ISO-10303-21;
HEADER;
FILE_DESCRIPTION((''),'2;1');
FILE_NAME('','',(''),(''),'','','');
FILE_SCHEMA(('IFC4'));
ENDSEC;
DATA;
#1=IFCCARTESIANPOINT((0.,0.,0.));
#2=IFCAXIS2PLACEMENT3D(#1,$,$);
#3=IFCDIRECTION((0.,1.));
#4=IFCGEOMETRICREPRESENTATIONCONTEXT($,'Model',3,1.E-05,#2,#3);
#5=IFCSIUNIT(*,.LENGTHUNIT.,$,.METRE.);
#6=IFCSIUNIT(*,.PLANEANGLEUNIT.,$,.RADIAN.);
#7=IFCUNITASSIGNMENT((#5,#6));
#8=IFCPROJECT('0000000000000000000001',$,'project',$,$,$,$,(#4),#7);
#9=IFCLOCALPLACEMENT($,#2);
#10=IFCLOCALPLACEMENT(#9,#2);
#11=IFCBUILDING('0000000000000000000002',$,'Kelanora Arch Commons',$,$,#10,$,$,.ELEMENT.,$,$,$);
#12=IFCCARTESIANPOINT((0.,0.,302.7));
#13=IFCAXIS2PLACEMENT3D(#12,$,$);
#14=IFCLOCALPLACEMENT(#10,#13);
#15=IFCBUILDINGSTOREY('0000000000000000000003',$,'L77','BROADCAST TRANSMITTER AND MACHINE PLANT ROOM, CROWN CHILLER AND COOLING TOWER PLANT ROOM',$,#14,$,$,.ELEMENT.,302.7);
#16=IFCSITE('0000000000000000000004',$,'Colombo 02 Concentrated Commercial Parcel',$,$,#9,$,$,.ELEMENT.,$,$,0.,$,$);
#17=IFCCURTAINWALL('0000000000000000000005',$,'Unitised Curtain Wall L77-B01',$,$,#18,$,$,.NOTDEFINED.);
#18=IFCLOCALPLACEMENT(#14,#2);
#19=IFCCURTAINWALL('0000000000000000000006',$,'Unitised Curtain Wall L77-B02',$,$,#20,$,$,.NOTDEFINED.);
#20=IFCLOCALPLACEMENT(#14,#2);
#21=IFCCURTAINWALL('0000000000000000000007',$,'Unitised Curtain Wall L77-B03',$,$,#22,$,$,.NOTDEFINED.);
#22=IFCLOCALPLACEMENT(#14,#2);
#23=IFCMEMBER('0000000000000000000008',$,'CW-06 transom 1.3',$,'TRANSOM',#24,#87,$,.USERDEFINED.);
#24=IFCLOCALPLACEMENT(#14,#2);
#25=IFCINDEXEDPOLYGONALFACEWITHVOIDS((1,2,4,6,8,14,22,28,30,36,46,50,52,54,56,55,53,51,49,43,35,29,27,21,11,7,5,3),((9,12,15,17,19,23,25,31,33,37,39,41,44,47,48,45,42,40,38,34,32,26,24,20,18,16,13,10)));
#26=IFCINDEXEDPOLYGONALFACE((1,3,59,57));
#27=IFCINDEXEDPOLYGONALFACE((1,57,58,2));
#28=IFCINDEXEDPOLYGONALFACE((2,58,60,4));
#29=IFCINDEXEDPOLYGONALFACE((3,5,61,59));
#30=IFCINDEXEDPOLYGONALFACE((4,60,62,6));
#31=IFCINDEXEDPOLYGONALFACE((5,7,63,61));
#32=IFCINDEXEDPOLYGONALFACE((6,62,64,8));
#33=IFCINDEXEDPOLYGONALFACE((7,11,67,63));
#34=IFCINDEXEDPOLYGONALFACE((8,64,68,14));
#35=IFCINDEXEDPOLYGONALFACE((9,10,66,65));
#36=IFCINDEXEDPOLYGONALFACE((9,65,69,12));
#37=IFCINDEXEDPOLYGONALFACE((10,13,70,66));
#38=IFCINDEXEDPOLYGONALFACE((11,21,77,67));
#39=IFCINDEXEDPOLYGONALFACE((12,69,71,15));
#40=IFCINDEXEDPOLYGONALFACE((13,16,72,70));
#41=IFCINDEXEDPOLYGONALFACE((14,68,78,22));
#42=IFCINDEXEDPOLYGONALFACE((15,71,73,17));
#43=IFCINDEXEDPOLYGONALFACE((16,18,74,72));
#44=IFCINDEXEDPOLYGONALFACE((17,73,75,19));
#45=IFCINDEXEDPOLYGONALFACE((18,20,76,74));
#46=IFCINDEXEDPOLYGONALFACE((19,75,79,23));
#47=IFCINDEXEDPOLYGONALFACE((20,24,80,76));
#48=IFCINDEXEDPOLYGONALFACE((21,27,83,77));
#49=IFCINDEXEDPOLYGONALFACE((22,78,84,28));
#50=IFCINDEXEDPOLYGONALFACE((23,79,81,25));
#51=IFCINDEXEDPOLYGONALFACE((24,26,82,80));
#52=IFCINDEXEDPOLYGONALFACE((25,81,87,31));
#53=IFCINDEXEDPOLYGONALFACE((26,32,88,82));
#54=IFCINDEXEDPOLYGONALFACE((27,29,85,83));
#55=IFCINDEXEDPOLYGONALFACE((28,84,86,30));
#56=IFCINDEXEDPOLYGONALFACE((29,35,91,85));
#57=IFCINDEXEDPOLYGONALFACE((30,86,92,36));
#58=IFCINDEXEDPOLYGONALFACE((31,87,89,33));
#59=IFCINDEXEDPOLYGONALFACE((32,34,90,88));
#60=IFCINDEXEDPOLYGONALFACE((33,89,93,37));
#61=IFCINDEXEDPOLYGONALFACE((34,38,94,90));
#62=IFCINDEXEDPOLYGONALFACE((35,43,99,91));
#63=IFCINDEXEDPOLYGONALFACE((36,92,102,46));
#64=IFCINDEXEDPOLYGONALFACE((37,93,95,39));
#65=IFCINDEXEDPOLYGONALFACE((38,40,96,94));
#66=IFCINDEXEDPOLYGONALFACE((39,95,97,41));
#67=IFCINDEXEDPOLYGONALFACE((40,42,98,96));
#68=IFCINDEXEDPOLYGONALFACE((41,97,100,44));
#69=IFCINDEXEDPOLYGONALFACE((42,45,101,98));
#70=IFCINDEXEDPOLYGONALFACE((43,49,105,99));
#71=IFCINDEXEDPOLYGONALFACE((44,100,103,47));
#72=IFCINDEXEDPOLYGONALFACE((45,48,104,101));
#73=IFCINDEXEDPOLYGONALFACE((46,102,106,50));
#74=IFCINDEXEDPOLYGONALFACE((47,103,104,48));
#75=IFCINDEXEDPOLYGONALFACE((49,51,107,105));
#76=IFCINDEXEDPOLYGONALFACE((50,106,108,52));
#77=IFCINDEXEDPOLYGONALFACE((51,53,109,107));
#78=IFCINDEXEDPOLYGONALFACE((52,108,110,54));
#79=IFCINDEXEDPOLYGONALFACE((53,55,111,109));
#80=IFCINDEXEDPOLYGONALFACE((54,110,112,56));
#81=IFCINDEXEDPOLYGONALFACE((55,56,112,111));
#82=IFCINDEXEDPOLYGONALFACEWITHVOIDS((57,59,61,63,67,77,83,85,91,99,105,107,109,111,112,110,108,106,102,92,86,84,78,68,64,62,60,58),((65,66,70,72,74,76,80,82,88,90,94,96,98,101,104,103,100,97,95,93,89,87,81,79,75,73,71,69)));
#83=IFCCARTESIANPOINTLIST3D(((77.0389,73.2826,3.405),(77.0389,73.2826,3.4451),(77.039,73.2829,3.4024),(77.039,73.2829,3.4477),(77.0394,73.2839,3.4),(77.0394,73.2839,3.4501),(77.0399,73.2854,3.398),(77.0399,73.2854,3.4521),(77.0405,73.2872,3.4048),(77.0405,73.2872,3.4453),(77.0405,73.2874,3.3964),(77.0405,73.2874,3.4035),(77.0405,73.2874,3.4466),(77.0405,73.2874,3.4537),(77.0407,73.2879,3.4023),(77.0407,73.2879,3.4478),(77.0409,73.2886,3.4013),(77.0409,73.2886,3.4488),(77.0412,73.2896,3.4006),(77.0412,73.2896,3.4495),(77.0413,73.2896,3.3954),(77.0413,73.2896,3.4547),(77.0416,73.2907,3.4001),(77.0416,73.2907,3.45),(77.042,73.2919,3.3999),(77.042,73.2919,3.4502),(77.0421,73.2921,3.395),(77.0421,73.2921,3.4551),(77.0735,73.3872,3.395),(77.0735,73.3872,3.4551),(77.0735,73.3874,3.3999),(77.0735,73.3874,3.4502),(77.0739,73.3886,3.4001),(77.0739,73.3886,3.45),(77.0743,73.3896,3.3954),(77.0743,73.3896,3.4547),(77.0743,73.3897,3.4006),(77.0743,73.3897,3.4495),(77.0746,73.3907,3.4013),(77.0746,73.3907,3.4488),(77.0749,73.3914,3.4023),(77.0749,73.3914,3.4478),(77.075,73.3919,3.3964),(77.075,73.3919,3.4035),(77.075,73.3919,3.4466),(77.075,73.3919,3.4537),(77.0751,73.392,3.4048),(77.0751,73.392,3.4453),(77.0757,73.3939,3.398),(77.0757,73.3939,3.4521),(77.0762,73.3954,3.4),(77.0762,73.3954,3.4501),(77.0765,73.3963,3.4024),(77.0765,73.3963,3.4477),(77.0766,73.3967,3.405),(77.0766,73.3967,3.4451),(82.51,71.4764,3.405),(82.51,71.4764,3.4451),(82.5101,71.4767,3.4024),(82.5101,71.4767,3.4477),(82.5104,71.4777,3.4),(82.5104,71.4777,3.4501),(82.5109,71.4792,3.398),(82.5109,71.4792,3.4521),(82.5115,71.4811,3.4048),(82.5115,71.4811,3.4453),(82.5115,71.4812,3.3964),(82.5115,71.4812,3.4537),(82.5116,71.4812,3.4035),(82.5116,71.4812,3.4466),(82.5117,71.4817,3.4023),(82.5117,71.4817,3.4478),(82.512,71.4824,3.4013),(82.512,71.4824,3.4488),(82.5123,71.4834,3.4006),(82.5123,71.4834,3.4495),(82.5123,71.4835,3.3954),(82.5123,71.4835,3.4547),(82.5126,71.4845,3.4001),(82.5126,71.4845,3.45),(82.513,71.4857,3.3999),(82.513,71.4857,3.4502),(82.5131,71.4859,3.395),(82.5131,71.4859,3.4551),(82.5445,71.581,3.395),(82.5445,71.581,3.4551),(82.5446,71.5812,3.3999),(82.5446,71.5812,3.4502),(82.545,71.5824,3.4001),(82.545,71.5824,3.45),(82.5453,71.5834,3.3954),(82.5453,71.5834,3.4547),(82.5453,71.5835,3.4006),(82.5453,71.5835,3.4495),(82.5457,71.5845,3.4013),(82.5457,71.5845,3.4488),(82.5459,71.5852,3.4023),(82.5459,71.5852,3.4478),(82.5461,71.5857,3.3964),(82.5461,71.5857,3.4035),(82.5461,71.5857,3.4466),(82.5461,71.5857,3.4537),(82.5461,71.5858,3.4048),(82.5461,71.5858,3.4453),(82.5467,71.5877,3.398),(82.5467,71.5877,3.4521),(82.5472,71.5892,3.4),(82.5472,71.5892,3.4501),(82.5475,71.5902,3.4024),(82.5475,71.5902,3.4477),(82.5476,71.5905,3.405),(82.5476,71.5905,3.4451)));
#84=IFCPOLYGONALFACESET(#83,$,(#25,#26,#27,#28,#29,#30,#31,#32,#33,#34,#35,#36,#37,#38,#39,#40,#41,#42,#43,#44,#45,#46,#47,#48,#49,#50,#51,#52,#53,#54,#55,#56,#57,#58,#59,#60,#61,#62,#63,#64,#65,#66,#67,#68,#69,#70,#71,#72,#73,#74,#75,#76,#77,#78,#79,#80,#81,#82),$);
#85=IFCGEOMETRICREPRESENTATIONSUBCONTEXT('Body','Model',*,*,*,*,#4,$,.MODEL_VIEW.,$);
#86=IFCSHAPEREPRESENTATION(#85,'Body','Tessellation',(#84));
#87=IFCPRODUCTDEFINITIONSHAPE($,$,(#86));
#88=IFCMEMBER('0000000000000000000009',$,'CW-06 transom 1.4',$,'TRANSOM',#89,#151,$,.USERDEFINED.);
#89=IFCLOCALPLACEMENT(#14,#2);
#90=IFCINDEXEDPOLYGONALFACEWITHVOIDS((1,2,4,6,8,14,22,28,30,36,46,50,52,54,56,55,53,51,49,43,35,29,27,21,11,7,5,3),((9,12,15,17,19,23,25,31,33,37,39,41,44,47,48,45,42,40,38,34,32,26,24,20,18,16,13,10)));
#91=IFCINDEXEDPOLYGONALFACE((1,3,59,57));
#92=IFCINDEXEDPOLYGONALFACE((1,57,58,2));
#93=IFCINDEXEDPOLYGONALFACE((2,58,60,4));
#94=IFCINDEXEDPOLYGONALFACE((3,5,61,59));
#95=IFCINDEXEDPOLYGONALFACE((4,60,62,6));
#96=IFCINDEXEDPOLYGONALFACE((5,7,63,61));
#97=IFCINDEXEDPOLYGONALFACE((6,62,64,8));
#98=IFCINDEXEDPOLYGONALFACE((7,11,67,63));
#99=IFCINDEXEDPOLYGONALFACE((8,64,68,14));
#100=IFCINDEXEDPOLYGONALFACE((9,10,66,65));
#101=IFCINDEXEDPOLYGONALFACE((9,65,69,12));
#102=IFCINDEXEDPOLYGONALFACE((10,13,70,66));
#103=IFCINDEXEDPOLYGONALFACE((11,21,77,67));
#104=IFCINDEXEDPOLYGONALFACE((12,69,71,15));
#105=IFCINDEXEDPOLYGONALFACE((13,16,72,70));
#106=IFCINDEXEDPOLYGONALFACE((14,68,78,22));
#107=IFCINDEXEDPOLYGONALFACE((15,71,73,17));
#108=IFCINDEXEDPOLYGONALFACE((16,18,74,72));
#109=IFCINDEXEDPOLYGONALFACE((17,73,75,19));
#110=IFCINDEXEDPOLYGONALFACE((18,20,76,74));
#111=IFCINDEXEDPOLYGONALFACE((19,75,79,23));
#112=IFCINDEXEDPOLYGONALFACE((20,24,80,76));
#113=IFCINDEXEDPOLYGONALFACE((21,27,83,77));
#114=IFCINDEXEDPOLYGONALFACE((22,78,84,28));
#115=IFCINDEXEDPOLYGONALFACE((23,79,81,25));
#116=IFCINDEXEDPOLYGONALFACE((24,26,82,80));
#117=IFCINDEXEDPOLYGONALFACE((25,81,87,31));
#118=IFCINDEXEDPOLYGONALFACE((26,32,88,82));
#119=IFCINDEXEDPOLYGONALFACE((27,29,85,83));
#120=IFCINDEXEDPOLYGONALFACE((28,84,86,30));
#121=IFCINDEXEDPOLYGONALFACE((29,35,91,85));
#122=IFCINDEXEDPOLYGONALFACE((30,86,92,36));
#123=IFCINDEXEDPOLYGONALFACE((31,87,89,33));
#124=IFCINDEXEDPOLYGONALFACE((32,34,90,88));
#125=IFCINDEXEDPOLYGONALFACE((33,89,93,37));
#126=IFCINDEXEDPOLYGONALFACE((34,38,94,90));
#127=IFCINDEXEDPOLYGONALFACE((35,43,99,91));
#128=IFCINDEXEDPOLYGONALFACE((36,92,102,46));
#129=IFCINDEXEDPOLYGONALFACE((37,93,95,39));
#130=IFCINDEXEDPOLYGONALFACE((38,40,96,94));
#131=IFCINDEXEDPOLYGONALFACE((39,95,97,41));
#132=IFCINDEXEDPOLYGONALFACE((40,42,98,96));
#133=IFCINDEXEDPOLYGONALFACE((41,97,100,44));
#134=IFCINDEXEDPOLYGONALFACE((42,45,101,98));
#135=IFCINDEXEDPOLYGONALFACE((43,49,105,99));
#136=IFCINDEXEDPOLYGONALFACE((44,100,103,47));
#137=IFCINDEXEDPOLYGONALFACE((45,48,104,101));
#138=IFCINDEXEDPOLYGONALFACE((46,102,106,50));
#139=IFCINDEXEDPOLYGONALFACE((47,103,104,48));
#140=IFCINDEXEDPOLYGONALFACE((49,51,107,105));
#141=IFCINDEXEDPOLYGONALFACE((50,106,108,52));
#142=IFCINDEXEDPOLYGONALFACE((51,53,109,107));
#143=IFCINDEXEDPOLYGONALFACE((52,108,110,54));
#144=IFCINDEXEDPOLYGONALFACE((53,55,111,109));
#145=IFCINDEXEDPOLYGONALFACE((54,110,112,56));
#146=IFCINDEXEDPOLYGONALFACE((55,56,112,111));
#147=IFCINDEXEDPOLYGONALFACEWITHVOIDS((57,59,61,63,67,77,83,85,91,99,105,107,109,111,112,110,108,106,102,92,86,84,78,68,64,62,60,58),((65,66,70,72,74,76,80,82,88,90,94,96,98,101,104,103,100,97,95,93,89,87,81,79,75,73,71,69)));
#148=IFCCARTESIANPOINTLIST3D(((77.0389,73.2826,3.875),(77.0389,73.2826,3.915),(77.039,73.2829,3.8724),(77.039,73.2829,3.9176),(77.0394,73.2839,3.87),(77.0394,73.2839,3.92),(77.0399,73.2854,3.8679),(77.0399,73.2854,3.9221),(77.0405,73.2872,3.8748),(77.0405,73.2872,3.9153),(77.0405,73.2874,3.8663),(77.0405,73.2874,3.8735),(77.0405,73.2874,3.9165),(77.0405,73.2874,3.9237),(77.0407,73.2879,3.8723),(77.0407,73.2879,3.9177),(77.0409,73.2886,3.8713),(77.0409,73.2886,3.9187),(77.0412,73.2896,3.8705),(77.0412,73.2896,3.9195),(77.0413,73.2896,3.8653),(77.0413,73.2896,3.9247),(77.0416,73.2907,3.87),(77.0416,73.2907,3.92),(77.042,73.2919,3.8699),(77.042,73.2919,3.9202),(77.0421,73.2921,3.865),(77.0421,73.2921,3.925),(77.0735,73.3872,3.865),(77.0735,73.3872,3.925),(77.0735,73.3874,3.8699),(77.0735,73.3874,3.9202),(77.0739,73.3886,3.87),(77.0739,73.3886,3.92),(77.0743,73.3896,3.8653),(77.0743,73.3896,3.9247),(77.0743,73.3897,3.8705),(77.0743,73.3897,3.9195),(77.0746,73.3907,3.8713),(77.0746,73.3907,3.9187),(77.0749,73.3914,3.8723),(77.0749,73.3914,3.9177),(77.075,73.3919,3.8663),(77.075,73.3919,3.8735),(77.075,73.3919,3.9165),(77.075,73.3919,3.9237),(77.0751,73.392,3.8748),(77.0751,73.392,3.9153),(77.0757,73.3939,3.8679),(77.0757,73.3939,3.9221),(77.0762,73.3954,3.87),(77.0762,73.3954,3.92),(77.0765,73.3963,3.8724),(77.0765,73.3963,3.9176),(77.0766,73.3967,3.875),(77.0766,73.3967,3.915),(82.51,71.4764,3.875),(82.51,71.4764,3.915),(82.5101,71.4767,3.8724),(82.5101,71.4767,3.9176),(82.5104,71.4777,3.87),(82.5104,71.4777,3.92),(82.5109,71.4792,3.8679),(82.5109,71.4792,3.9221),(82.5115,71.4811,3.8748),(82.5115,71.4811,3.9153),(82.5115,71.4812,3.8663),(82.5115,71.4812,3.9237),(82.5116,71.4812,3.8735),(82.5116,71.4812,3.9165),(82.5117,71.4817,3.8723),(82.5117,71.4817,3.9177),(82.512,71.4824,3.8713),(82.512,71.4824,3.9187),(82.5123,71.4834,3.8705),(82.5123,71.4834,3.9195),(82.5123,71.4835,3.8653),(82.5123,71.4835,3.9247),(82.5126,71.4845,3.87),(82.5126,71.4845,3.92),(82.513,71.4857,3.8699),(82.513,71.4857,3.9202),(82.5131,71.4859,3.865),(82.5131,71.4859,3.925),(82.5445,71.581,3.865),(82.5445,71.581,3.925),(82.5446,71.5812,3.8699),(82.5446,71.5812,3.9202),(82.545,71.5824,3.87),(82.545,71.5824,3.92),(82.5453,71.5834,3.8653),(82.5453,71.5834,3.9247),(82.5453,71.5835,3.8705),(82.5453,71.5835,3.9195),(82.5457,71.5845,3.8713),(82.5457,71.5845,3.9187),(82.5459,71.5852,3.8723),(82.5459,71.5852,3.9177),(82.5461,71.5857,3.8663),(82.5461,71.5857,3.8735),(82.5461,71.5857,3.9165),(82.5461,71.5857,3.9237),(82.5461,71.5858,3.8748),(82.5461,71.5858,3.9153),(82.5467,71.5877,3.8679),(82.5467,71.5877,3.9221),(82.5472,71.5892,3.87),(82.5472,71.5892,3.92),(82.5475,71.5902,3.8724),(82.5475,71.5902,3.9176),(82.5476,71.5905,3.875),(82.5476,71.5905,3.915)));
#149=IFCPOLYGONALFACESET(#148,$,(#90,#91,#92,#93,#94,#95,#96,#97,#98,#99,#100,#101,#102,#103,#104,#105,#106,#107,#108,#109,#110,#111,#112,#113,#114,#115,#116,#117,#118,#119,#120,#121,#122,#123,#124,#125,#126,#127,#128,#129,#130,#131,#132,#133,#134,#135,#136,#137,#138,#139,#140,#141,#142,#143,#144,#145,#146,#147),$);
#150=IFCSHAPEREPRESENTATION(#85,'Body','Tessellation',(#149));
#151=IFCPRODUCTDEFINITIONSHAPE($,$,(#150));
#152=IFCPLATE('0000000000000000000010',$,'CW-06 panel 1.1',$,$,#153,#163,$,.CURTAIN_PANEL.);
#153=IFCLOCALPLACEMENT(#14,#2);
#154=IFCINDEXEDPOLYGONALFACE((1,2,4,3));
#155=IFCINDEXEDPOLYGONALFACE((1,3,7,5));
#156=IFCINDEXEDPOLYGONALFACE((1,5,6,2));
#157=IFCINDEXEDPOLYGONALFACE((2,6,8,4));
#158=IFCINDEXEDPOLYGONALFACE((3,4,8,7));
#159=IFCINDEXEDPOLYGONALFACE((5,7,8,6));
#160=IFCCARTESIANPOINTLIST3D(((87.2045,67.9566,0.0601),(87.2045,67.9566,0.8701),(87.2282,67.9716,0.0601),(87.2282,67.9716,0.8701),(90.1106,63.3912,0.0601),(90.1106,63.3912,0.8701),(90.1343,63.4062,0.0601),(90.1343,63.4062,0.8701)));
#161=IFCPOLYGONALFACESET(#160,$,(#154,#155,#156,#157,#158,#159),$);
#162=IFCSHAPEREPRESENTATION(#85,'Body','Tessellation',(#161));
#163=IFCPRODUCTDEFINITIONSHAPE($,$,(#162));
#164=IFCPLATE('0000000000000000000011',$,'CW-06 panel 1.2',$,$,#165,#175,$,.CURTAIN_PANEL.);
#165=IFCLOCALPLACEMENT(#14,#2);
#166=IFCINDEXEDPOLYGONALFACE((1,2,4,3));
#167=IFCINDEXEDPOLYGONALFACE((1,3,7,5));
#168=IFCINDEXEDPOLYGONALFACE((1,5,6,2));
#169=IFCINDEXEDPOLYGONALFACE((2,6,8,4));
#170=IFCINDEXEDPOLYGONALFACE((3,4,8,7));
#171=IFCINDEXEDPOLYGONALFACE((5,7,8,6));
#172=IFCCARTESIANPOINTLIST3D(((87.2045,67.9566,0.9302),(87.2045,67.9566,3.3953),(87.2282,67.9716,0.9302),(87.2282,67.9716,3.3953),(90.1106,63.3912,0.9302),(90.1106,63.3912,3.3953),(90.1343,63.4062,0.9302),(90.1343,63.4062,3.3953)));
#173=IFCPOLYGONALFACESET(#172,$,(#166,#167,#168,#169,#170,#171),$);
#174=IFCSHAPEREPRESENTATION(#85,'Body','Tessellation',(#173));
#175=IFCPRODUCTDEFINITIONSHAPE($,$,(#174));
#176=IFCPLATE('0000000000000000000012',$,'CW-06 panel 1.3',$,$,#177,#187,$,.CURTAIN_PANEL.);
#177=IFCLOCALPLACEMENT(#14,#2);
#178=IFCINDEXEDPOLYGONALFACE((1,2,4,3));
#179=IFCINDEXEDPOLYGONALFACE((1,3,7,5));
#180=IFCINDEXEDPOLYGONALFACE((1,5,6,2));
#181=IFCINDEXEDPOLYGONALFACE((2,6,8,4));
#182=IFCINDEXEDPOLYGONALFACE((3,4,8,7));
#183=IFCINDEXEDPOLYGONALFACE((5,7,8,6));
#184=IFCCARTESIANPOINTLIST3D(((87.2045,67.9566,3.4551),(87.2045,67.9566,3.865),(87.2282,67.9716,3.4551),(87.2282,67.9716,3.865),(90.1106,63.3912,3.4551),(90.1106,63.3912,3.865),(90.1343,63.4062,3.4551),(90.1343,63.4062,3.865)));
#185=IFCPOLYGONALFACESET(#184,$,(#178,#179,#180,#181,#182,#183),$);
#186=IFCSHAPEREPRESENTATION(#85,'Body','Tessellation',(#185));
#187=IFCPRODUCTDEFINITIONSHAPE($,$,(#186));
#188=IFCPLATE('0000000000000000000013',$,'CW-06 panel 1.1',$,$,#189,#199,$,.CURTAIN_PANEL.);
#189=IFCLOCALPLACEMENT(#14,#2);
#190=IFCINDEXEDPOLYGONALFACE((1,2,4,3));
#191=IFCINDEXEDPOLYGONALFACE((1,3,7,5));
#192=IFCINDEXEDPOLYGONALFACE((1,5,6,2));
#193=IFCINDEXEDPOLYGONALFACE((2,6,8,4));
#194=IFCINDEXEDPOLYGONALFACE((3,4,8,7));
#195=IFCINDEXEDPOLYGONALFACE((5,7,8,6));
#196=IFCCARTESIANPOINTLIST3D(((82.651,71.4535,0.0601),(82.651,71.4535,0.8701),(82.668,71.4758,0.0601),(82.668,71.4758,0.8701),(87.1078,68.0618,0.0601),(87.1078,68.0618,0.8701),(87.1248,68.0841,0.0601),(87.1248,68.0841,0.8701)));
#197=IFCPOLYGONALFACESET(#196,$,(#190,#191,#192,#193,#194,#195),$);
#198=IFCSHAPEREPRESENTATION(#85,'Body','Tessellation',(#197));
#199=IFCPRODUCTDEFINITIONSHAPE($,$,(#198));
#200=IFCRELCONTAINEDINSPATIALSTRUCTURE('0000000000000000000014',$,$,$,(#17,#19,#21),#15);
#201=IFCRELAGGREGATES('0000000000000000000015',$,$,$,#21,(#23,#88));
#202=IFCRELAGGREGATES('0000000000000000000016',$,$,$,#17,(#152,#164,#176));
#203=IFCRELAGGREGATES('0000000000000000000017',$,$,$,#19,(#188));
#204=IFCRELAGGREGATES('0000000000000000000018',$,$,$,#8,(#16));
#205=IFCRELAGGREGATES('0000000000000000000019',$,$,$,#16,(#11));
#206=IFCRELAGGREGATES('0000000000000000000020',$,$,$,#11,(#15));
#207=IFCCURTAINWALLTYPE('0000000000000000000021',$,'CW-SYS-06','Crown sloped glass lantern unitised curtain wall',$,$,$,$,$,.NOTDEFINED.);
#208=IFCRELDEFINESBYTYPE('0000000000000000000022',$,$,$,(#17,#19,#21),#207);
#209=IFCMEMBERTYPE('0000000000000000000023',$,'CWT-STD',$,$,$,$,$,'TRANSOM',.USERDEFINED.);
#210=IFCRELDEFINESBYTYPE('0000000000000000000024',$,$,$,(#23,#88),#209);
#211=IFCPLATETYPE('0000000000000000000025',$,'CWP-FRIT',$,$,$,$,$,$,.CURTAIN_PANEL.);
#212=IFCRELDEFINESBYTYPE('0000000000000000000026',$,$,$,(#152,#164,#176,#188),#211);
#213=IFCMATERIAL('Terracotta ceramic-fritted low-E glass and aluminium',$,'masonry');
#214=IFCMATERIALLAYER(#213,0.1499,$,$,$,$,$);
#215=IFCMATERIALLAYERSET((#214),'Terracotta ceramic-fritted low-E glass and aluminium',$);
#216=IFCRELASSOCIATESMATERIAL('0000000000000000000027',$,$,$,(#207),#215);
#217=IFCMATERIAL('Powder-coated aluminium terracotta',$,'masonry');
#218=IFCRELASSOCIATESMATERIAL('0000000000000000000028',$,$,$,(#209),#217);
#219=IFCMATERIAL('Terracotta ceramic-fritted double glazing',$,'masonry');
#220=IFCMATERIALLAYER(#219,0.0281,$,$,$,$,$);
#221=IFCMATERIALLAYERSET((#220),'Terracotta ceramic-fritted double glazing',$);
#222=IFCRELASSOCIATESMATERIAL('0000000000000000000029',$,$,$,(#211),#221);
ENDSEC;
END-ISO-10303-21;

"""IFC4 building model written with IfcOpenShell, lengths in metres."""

from ifc_helpers import new_model, si_unit, direction, frame, origin, origin_2d, place, context, subcontext, project, spatial, rectangle, hollow_rectangle, extrude, source, transform, mapped, material, layer, layer_set, material_profile, profile_set, type_object, element, aggregate, save


model = new_model("IFC4")

# Units and contexts
model_context = context("Model", 3, precision=1e-05, world=origin(), true_north=direction((0.0, 1.0)))
body_context = subcontext(model_context, "Body", "Model", "MODEL_VIEW")
ifc_project = project(units=[si_unit("LENGTHUNIT", "METRE"), si_unit("PLANEANGLEUNIT", "RADIAN")], contexts=[model_context])

# Site, building, storey
site_placement = place(None, origin())
site = spatial("IfcSite", under=ifc_project, at=site_placement, Name="Colombo 02 Concentrated Commercial Parcel", CompositionType="ELEMENT", RefElevation=0.0)
building_placement = place(site_placement, origin())
building = spatial("IfcBuilding", under=site, at=building_placement, Name="Kelanora Arch Commons", CompositionType="ELEMENT")
storey_placement = place(building_placement, frame((0.0, 0.0, 302.7)))
storey = spatial("IfcBuildingStorey", under=building, at=storey_placement, Name="L77", Description="BROADCAST TRANSMITTER AND MACHINE PLANT ROOM, CROWN CHILLER AND COOLING TOWER PLANT ROOM", CompositionType="ELEMENT", Elevation=302.7)

# Curtain wall
ifc_material_1 = material(Name="Terracotta ceramic-fritted low-E glass and aluminium", Category="masonry")
ifc_layer_1 = layer(ifc_material_1, 0.1499)
ifc_layer_set_1 = layer_set([ifc_layer_1], Name="Terracotta ceramic-fritted low-E glass and aluminium")
curtain_wall_type = type_object("IfcCurtainWallType", Name="CW-SYS-06", Description="Crown sloped glass lantern unitised curtain wall", PredefinedType="NOTDEFINED", material=ifc_layer_set_1)
curtain_wall_1_placement = place(storey_placement, origin())
curtain_wall_1 = element("IfcCurtainWall", 1, at=curtain_wall_1_placement, inside=storey, type_object=curtain_wall_type, Name="Unitised Curtain Wall L77-B01", PredefinedType="NOTDEFINED")
ifc_material_2 = material(Name="Powder-coated aluminium terracotta", Category="masonry")

# Curtain wall
curtain_wall_2_placement = place(storey_placement, origin())
curtain_wall_2 = element("IfcCurtainWall", 2, at=curtain_wall_2_placement, inside=storey, type_object=curtain_wall_type, Name="Unitised Curtain Wall L77-B02", PredefinedType="NOTDEFINED")

# Curtain wall
curtain_wall_3_placement = place(storey_placement, origin())
curtain_wall_3 = element("IfcCurtainWall", 3, at=curtain_wall_3_placement, inside=storey, type_object=curtain_wall_type, Name="Unitised Curtain Wall L77-B03", PredefinedType="NOTDEFINED")

# Members
ifc_material_profile_1 = material_profile(ifc_material_2, hollow_rectangle(XDim=0.1201, YDim=0.0601, WallThickness=0.0049, InnerFilletRadius=0.0049, OuterFilletRadius=0.01, at=origin_2d()), Name="CWT120x60")
ifc_profile_set_1 = profile_set([ifc_material_profile_1], Name="Powder-coated aluminium terracotta")
member_type_1 = type_object("IfcMemberType", Name="CWT-STD", ElementType="TRANSOM", PredefinedType="USERDEFINED", material=ifc_profile_set_1)
member_1_placement = place(storey_placement, frame((82.5288, 71.5334, 3.425), z_axis=(-0.94959, 0.313493, 0.0), x_axis=(-0.313493, -0.94959, 0.0)))
member_1 = element("IfcMember", 4, at=member_1_placement, type_object=member_type_1, Name="CW-06 transom 1.3", ObjectType="TRANSOM", PredefinedType="USERDEFINED", context=body_context, shape_type="SweptSolid", body=[
    extrude(hollow_rectangle(XDim=0.1201, YDim=0.0601, WallThickness=0.0049, InnerFilletRadius=0.0049, OuterFilletRadius=0.01, at=origin_2d()), origin(), (0.0, 0.0, 1.0), 5.7615),
])
member_2_placement = place(storey_placement, frame((82.5288, 71.5334, 3.895), z_axis=(-0.94959, 0.313493, 0.0), x_axis=(-0.313493, -0.94959, 0.0)))
member_2 = element("IfcMember", 5, at=member_2_placement, type_object=member_type_1, Name="CW-06 transom 1.4", ObjectType="TRANSOM", PredefinedType="USERDEFINED", context=body_context, shape_type="SweptSolid", body=[
    extrude(hollow_rectangle(XDim=0.1201, YDim=0.0601, WallThickness=0.0049, InnerFilletRadius=0.0049, OuterFilletRadius=0.01, at=origin_2d()), origin(), (0.0, 0.0, 1.0), 5.7615),
])
aggregate(curtain_wall_3, [member_1, member_2])

# Plates
ifc_material_3 = material(Name="Terracotta ceramic-fritted double glazing", Category="masonry")
ifc_layer_2 = layer(ifc_material_3, 0.0281)
ifc_layer_set_2 = layer_set([ifc_layer_2], Name="Terracotta ceramic-fritted double glazing")
plate_type = type_object("IfcPlateType", Name="CWP-FRIT", PredefinedType="CURTAIN_PANEL", material=ifc_layer_set_2)
shared_shape_1 = source(origin(), body_context, "Body", "SweptSolid", [
    extrude(rectangle(XDim=5.4119, YDim=0.0281, at=origin_2d()), origin(), (0.0, 0.0, 1.0), 0.8101),
])
plate_1_placement = place(storey_placement, frame((88.6694, 65.6814, 0.0601), z_axis=(0.0, 0.0, 1.0), x_axis=(-0.536984, 0.843592, 0.0)))
plate_1 = element("IfcPlate", 6, at=plate_1_placement, type_object=plate_type, Name="CW-06 panel 1.1", PredefinedType="CURTAIN_PANEL", context=body_context, shape_type="MappedRepresentation", body=[
    mapped(shared_shape_1, transform((0.0, 0.0, 0.0), scale=1.0)),
])
shared_shape_2 = source(origin(), body_context, "Body", "SweptSolid", [
    extrude(rectangle(XDim=5.4119, YDim=0.0281, at=origin_2d()), origin(), (0.0, 0.0, 1.0), 2.4651),
])
plate_2_placement = place(storey_placement, frame((88.6694, 65.6814, 0.9302), z_axis=(0.0, 0.0, 1.0), x_axis=(-0.536984, 0.843592, 0.0)))
plate_2 = element("IfcPlate", 7, at=plate_2_placement, type_object=plate_type, Name="CW-06 panel 1.2", PredefinedType="CURTAIN_PANEL", context=body_context, shape_type="MappedRepresentation", body=[
    mapped(shared_shape_2, transform((0.0, 0.0, 0.0), scale=1.0)),
])
shared_shape_3 = source(origin(), body_context, "Body", "SweptSolid", [
    extrude(rectangle(XDim=5.4119, YDim=0.0281, at=origin_2d()), origin(), (0.0, 0.0, 1.0), 0.4099),
])
plate_3_placement = place(storey_placement, frame((88.6694, 65.6814, 3.4551), z_axis=(0.0, 0.0, 1.0), x_axis=(-0.536984, 0.843592, 0.0)))
plate_3 = element("IfcPlate", 8, at=plate_3_placement, type_object=plate_type, Name="CW-06 panel 1.3", PredefinedType="CURTAIN_PANEL", context=body_context, shape_type="MappedRepresentation", body=[
    mapped(shared_shape_3, transform((0.0, 0.0, 0.0), scale=1.0)),
])
aggregate(curtain_wall_1, [plate_1, plate_2, plate_3])
shared_shape_4 = source(origin(), body_context, "Body", "SweptSolid", [
    extrude(rectangle(XDim=5.6006, YDim=0.0281, at=origin_2d()), origin(), (0.0, 0.0, 1.0), 0.8101),
])
plate_4_placement = place(storey_placement, frame((84.8879, 69.7688, 0.0601), z_axis=(0.0, 0.0, 1.0), x_axis=(-0.795772, 0.605596, 0.0)))
plate_4 = element("IfcPlate", 9, at=plate_4_placement, type_object=plate_type, Name="CW-06 panel 1.1", PredefinedType="CURTAIN_PANEL", context=body_context, shape_type="MappedRepresentation", body=[
    mapped(shared_shape_4, transform((0.0, 0.0, 0.0), scale=1.0)),
])
aggregate(curtain_wall_2, [plate_4])

save(model, "model.ifc")
